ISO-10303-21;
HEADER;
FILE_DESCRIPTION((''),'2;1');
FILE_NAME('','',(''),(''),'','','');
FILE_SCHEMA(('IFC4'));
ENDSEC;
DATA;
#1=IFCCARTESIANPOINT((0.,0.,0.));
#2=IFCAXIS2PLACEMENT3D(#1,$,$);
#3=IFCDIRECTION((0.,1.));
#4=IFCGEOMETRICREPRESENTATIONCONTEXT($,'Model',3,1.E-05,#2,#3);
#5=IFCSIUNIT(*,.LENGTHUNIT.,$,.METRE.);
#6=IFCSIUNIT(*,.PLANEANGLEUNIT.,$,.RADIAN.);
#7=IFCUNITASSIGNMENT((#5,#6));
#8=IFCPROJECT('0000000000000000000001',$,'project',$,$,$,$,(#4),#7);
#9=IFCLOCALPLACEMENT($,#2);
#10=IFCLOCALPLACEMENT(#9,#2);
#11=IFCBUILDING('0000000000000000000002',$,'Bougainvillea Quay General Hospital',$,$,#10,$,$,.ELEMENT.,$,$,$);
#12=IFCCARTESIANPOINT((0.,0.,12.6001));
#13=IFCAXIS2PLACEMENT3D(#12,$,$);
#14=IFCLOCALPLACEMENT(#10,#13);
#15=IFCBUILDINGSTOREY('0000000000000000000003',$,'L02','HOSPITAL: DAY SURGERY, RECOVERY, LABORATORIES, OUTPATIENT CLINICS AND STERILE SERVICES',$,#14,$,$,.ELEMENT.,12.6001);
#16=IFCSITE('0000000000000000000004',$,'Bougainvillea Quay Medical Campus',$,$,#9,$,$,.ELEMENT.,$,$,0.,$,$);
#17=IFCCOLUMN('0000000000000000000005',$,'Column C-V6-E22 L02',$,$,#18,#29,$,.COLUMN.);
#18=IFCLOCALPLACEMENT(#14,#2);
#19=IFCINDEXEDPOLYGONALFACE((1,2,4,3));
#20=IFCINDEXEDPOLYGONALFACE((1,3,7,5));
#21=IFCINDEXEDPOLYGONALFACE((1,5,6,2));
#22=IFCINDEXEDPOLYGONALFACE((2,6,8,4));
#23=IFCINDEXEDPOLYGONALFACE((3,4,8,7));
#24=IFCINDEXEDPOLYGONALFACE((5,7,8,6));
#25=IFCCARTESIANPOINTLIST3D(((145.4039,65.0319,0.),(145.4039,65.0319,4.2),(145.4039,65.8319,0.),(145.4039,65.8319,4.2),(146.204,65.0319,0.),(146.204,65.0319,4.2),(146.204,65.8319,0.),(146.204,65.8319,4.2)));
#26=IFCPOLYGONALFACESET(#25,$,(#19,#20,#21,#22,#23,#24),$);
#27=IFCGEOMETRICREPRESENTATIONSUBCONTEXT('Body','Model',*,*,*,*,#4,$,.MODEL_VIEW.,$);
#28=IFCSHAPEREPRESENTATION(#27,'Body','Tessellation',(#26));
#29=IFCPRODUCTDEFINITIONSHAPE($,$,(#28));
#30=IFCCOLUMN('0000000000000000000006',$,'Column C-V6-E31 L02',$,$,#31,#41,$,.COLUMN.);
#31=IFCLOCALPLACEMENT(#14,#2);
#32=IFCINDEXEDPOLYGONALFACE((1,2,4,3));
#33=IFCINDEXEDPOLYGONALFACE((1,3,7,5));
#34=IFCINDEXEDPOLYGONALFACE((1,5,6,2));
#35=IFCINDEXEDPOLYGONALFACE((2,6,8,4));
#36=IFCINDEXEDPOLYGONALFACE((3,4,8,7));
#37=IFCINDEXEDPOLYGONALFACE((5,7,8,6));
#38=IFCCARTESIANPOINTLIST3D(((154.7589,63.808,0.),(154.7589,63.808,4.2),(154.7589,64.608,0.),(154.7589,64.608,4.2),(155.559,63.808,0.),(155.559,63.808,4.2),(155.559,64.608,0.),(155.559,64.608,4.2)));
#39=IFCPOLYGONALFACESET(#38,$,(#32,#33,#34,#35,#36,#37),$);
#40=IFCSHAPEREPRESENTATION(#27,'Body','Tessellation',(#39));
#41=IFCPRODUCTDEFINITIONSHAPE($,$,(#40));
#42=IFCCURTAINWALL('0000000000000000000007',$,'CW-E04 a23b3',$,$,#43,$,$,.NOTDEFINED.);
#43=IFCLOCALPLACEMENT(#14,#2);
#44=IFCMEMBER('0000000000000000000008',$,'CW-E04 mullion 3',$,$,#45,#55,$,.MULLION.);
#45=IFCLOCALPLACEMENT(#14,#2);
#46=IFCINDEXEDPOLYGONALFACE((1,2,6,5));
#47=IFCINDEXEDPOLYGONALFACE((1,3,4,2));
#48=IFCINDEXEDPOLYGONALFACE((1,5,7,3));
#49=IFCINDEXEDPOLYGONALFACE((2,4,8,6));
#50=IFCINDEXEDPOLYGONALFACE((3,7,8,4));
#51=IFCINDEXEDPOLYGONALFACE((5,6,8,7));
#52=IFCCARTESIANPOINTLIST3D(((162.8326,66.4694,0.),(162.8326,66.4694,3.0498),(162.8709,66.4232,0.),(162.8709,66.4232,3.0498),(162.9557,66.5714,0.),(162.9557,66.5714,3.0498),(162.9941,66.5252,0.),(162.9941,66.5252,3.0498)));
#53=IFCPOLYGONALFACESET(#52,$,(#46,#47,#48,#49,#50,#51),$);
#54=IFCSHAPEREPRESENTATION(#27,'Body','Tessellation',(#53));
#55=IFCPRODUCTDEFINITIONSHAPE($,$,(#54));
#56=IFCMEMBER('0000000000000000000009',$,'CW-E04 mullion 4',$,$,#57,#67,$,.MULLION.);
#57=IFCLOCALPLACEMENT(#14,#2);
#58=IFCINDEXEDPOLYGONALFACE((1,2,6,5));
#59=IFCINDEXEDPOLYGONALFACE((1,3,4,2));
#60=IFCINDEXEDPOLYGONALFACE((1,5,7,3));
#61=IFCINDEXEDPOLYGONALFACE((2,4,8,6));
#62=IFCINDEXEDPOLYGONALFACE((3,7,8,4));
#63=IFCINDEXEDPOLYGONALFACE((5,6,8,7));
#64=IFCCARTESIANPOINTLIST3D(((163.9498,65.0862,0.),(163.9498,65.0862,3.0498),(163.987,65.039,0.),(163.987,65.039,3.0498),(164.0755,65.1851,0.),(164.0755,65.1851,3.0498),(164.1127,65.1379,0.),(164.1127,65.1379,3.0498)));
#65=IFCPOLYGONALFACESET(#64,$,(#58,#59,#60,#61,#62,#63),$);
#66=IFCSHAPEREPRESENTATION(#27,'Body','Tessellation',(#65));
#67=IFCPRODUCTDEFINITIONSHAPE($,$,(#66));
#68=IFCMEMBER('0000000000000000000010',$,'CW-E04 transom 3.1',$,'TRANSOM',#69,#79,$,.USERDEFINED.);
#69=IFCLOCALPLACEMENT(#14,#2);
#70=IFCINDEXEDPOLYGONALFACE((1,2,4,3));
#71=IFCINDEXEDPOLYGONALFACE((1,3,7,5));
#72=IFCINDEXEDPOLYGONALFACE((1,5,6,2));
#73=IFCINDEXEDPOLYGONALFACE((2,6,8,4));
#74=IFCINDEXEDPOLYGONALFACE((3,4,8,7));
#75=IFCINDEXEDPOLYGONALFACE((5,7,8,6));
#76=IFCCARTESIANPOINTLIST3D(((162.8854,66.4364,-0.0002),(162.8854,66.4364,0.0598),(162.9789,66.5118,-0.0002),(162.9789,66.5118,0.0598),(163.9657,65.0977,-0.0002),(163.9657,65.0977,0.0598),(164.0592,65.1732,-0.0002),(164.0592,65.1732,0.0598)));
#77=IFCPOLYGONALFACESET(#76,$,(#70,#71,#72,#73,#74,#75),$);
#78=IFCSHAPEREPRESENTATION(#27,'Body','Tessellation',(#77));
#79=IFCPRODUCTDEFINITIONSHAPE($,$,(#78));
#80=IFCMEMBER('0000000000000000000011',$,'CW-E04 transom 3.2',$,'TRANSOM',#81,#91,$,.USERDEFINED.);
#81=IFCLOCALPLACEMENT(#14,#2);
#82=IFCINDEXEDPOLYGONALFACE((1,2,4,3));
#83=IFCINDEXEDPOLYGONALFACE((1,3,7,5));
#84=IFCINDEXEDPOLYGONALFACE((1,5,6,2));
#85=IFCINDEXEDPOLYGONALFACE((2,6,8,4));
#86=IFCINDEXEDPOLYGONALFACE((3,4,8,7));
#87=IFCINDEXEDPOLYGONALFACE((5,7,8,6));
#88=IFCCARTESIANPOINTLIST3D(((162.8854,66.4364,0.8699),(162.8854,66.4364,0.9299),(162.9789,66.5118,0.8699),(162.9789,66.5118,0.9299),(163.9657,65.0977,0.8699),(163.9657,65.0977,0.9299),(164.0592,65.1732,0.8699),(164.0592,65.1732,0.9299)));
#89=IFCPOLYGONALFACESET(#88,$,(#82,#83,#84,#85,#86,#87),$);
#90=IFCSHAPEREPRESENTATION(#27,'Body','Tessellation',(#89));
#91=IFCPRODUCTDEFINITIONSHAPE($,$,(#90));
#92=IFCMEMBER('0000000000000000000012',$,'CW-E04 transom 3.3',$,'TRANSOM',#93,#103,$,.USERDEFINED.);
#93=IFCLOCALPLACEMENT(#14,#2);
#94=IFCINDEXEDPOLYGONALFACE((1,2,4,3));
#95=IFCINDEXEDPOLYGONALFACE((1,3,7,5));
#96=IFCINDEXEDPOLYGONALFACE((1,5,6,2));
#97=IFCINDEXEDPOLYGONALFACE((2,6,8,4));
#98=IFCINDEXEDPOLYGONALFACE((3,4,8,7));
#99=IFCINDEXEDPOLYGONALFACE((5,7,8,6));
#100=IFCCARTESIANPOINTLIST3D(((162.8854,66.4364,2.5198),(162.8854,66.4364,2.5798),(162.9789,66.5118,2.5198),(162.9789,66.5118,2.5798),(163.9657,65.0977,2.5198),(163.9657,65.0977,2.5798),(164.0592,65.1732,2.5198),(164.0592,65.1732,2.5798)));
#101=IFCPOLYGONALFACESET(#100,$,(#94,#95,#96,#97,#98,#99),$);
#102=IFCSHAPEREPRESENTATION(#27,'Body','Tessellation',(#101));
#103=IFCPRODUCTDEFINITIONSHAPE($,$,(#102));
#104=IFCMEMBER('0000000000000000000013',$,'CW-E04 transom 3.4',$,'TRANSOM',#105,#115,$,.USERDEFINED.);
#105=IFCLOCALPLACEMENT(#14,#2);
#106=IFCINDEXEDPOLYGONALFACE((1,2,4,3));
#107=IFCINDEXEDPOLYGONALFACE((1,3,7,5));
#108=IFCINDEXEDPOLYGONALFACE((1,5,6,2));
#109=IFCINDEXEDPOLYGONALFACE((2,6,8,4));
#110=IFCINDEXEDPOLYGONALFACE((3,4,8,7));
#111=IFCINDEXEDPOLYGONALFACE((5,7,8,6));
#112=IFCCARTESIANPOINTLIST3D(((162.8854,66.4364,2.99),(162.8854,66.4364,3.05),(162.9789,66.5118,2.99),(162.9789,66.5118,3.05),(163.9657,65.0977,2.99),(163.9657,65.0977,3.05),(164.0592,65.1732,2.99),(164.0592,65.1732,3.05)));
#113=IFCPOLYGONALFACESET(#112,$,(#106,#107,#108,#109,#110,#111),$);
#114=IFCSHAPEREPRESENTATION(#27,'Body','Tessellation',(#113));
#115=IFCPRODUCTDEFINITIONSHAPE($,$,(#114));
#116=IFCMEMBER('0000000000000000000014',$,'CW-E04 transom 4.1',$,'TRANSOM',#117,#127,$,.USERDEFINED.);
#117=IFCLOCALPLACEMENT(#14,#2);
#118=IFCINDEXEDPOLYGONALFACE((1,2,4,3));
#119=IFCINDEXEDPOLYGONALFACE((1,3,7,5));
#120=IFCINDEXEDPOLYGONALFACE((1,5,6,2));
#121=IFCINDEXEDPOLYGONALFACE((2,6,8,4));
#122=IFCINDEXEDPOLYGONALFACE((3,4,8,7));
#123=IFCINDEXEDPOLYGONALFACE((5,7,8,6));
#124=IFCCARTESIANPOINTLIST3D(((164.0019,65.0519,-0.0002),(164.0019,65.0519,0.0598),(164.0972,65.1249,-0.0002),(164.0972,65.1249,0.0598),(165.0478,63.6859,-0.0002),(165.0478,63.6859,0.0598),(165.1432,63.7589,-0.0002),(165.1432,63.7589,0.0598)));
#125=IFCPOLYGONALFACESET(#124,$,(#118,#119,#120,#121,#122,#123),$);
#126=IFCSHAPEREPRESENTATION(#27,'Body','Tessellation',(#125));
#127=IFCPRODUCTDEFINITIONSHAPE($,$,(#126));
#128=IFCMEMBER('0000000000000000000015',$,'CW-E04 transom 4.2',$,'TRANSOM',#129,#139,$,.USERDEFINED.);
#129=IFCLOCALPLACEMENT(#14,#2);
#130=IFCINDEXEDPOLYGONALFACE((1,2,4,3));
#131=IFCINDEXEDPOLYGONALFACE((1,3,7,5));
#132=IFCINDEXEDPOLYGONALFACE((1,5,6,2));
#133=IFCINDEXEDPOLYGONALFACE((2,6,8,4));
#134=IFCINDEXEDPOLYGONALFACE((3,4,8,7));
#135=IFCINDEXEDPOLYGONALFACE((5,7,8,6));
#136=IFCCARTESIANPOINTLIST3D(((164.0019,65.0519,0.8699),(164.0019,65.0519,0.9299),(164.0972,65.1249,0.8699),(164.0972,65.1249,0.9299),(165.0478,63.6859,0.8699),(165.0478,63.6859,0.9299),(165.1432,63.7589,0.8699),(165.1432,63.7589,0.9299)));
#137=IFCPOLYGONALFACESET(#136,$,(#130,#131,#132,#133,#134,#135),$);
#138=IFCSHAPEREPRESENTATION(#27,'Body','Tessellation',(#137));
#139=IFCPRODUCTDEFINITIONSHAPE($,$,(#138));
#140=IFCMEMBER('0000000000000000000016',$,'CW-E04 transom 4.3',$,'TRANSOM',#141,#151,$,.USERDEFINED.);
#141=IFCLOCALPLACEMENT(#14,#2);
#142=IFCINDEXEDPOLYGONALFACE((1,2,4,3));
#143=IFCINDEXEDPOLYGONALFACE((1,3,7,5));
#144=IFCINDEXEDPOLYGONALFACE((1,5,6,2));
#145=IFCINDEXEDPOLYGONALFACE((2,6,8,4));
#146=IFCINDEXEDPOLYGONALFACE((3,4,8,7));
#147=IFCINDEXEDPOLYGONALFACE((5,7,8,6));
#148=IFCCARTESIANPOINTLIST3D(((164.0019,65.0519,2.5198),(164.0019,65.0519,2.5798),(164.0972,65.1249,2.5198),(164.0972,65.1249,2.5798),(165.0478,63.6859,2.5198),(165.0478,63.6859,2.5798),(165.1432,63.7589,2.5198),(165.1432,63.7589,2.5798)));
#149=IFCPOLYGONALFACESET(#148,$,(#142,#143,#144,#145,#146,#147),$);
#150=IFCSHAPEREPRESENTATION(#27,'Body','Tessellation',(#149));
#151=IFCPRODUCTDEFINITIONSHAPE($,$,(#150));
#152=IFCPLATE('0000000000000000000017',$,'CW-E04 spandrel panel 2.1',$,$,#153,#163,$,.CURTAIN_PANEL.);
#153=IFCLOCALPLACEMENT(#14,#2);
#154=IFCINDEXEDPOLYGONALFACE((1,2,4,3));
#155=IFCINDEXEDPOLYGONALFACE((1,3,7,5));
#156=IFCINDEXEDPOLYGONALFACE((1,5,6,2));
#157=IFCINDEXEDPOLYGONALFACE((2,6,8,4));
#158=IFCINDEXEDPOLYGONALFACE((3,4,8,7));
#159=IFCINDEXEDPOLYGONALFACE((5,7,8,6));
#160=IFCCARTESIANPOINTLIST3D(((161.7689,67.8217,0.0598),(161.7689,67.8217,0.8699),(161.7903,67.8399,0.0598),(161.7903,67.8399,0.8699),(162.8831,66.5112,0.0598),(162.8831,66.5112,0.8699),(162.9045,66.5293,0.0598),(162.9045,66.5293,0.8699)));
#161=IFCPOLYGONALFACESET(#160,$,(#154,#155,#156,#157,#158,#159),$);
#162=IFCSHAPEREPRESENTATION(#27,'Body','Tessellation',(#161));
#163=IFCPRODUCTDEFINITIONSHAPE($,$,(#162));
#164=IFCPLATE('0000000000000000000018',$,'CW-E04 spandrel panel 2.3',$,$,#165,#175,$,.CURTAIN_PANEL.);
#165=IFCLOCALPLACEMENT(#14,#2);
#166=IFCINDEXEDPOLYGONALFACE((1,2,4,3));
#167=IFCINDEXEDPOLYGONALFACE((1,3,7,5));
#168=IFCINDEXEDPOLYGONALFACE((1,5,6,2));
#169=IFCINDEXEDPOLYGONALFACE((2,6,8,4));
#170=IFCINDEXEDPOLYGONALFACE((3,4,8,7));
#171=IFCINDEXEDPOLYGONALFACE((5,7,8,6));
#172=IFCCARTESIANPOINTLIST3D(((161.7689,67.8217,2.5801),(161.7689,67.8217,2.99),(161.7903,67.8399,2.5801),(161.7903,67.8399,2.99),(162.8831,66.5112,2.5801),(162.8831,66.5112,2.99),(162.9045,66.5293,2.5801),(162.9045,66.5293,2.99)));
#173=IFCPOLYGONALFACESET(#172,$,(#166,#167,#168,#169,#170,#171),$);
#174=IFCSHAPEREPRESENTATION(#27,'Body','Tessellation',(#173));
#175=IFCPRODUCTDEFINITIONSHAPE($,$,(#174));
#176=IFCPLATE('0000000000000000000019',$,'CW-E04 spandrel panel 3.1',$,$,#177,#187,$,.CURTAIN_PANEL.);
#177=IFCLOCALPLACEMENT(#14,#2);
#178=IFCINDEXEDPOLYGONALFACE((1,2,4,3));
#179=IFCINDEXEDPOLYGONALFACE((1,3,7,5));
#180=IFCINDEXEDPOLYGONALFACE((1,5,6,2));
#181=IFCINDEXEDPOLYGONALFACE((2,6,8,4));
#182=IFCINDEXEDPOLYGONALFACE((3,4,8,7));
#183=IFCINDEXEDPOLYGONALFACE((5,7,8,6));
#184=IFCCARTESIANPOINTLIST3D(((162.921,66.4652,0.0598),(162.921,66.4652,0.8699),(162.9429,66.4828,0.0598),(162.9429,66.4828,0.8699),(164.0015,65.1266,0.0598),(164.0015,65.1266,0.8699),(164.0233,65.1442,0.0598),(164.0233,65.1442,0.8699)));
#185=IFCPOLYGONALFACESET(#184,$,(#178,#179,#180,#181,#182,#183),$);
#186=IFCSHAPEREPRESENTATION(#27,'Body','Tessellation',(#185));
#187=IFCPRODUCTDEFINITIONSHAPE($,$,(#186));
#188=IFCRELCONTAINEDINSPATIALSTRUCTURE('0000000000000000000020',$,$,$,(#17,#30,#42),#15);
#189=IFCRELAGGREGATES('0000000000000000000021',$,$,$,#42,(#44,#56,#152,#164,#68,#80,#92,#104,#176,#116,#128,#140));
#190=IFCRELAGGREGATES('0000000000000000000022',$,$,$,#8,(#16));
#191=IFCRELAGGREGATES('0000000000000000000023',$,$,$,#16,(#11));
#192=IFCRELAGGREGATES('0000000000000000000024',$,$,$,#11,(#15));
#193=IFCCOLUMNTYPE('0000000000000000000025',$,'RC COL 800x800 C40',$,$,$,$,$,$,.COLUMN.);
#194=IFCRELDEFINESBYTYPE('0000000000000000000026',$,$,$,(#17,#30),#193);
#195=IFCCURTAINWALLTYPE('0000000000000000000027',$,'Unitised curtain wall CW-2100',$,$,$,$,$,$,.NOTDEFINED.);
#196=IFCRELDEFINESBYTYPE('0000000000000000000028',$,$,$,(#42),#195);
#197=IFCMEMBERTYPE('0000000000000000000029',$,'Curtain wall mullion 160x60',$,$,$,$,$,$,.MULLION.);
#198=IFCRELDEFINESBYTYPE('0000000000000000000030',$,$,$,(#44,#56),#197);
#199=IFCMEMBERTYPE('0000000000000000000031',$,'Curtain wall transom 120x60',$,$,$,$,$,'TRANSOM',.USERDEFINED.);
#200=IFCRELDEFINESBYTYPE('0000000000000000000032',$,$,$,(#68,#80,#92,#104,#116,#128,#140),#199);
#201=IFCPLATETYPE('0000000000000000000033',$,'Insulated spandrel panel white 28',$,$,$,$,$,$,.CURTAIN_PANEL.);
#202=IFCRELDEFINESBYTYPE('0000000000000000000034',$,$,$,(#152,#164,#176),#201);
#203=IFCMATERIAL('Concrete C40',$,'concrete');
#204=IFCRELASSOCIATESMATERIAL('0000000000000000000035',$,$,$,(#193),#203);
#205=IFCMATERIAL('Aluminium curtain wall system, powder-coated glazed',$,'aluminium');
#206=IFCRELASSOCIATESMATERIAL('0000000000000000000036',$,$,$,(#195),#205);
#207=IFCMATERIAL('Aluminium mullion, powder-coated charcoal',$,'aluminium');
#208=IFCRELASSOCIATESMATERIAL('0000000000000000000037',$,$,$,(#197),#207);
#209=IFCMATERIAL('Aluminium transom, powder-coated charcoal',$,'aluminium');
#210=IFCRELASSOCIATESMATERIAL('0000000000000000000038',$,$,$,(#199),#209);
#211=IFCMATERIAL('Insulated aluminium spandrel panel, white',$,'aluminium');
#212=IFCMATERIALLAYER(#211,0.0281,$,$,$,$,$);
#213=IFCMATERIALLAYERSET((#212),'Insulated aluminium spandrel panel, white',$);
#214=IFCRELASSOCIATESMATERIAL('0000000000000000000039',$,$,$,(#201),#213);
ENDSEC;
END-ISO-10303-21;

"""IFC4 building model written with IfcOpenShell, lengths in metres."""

from ifc_helpers import new_model, si_unit, direction, frame, origin, origin_2d, place, context, subcontext, project, spatial, rectangle, extrude, material, layer, layer_set, material_profile, profile_set, type_object, element, aggregate, save


model = new_model("IFC4")

# Units and contexts
model_context = context("Model", 3, precision=1e-05, world=origin(), true_north=direction((0.0, 1.0)))
body_context = subcontext(model_context, "Body", "Model", "MODEL_VIEW")
ifc_project = project(units=[si_unit("LENGTHUNIT", "METRE"), si_unit("PLANEANGLEUNIT", "RADIAN")], contexts=[model_context])

# Site, building, storey
site_placement = place(None, origin())
site = spatial("IfcSite", under=ifc_project, at=site_placement, Name="Bougainvillea Quay Medical Campus", CompositionType="ELEMENT", RefElevation=0.0)
building_placement = place(site_placement, origin())
building = spatial("IfcBuilding", under=site, at=building_placement, Name="Bougainvillea Quay General Hospital", CompositionType="ELEMENT")
storey_placement = place(building_placement, frame((0.0, 0.0, 12.6001)))
storey = spatial("IfcBuildingStorey", under=building, at=storey_placement, Name="L02", Description="HOSPITAL: DAY SURGERY, RECOVERY, LABORATORIES, OUTPATIENT CLINICS AND STERILE SERVICES", CompositionType="ELEMENT", Elevation=12.6001)

# Columns
ifc_material_1 = material(Name="Concrete C40", Category="concrete")
ifc_material_profile_1 = material_profile(ifc_material_1, rectangle(XDim=0.8, YDim=0.8, at=origin_2d()))
ifc_profile_set_1 = profile_set([ifc_material_profile_1], Name="Concrete C40")
column_type = type_object("IfcColumnType", Name="RC COL 800x800 C40", PredefinedType="COLUMN", material=ifc_profile_set_1)
for number, where, z_axis, x_axis, name in (
    (1, (145.804, 65.4319, 0.0), (0.0, 0.0, 1.0), (1.0, 0.0, 0.0), "Column C-V6-E22 L02"),
    (2, (155.1589, 64.208, 0.0), (0.0, 0.0, 1.0), (1.0, 0.0, 0.0), "Column C-V6-E31 L02"),
):
    element("IfcColumn", number, at=place(storey_placement, frame(where, z_axis=z_axis, x_axis=x_axis)), inside=storey, type_object=column_type, Name=name, PredefinedType="COLUMN", context=body_context, shape_type="SweptSolid", body=[
        extrude(rectangle(XDim=0.8, YDim=0.8, at=origin_2d()), origin(), (0.0, 0.0, 1.0), 4.2),
    ])

# Curtain wall, members, plates
ifc_material_2 = material(Name="Aluminium curtain wall system, powder-coated glazed", Category="aluminium")
curtain_wall_type = type_object("IfcCurtainWallType", Name="Unitised curtain wall CW-2100", PredefinedType="NOTDEFINED", material=ifc_material_2)
curtain_wall_placement = place(storey_placement, origin())
curtain_wall = element("IfcCurtainWall", 3, at=curtain_wall_placement, inside=storey, type_object=curtain_wall_type, Name="CW-E04 a23b3", PredefinedType="NOTDEFINED")
ifc_material_3 = material(Name="Aluminium mullion, powder-coated charcoal", Category="aluminium")
ifc_material_profile_2 = material_profile(ifc_material_3, rectangle(XDim=0.1599, YDim=0.0601, at=origin_2d()))
ifc_profile_set_2 = profile_set([ifc_material_profile_2], Name="Aluminium mullion, powder-coated charcoal")
member_type_1 = type_object("IfcMemberType", Name="Curtain wall mullion 160x60", PredefinedType="MULLION", material=ifc_profile_set_2)
member_1_placement = place(storey_placement, frame((162.9133, 66.4973, 0.0), z_axis=(0.0, 0.0, 1.0), x_axis=(0.770077, 0.637951, 0.0)))
member_1 = element("IfcMember", 4, at=member_1_placement, type_object=member_type_1, Name="CW-E04 mullion 3", PredefinedType="MULLION", context=body_context, shape_type="SweptSolid", body=[
    extrude(rectangle(XDim=0.1599, YDim=0.0601, at=origin_2d()), origin(), (0.0, 0.0, 1.0), 3.0498),
])
member_2_placement = place(storey_placement, frame((164.0312, 65.1121, 0.0), z_axis=(0.0, 0.0, 1.0), x_axis=(0.786107, 0.61809, 0.0)))
member_2 = element("IfcMember", 5, at=member_2_placement, type_object=member_type_1, Name="CW-E04 mullion 4", PredefinedType="MULLION", context=body_context, shape_type="SweptSolid", body=[
    extrude(rectangle(XDim=0.1599, YDim=0.0601, at=origin_2d()), origin(), (0.0, 0.0, 1.0), 3.0498),
])
ifc_material_4 = material(Name="Aluminium transom, powder-coated charcoal", Category="aluminium")
ifc_material_profile_3 = material_profile(ifc_material_4, rectangle(XDim=0.1201, YDim=0.0601, at=origin_2d()))
ifc_profile_set_3 = profile_set([ifc_material_profile_3], Name="Aluminium transom, powder-coated charcoal")
member_type_2 = type_object("IfcMemberType", Name="Curtain wall transom 120x60", ElementType="TRANSOM", PredefinedType="USERDEFINED", material=ifc_profile_set_3)
member_3_placement = place(storey_placement, frame((162.9321, 66.4741, 0.0298), z_axis=(0.62803, -0.778189, 0.0), x_axis=(0.778189, 0.62803, 0.0)))
member_3 = element("IfcMember", 6, at=member_3_placement, type_object=member_type_2, Name="CW-E04 transom 3.1", ObjectType="TRANSOM", PredefinedType="USERDEFINED", context=body_context, shape_type="SweptSolid", body=[
    extrude(rectangle(XDim=0.1201, YDim=0.0601, at=origin_2d()), origin(), (0.0, 0.0, 1.0), 1.7202),
])
member_4_placement = place(storey_placement, frame((162.9321, 66.4741, 0.8999), z_axis=(0.62803, -0.778189, 0.0), x_axis=(0.778189, 0.62803, 0.0)))
member_4 = element("IfcMember", 7, at=member_4_placement, type_object=member_type_2, Name="CW-E04 transom 3.2", ObjectType="TRANSOM", PredefinedType="USERDEFINED", context=body_context, shape_type="SweptSolid", body=[
    extrude(rectangle(XDim=0.1201, YDim=0.0601, at=origin_2d()), origin(), (0.0, 0.0, 1.0), 1.7202),
])
member_5_placement = place(storey_placement, frame((162.9321, 66.4741, 2.5498), z_axis=(0.62803, -0.778189, 0.0), x_axis=(0.778189, 0.62803, 0.0)))
member_5 = element("IfcMember", 8, at=member_5_placement, type_object=member_type_2, Name="CW-E04 transom 3.3", ObjectType="TRANSOM", PredefinedType="USERDEFINED", context=body_context, shape_type="SweptSolid", body=[
    extrude(rectangle(XDim=0.1201, YDim=0.0601, at=origin_2d()), origin(), (0.0, 0.0, 1.0), 1.7202),
])
member_6_placement = place(storey_placement, frame((162.9321, 66.4741, 3.02), z_axis=(0.62803, -0.778189, 0.0), x_axis=(0.778189, 0.62803, 0.0)))
member_6 = element("IfcMember", 9, at=member_6_placement, type_object=member_type_2, Name="CW-E04 transom 3.4", ObjectType="TRANSOM", PredefinedType="USERDEFINED", context=body_context, shape_type="SweptSolid", body=[
    extrude(rectangle(XDim=0.1201, YDim=0.0601, at=origin_2d()), origin(), (0.0, 0.0, 1.0), 1.7202),
])
member_7_placement = place(storey_placement, frame((164.0496, 65.0884, 0.0298), z_axis=(0.60794, -0.793983, 0.0), x_axis=(0.793983, 0.60794, 0.0)))
member_7 = element("IfcMember", 10, at=member_7_placement, type_object=member_type_2, Name="CW-E04 transom 4.1", ObjectType="TRANSOM", PredefinedType="USERDEFINED", context=body_context, shape_type="SweptSolid", body=[
    extrude(rectangle(XDim=0.1201, YDim=0.0601, at=origin_2d()), origin(), (0.0, 0.0, 1.0), 1.7205),
])
member_8_placement = place(storey_placement, frame((164.0496, 65.0884, 0.8999), z_axis=(0.60794, -0.793983, 0.0), x_axis=(0.793983, 0.60794, 0.0)))
member_8 = element("IfcMember", 11, at=member_8_placement, type_object=member_type_2, Name="CW-E04 transom 4.2", ObjectType="TRANSOM", PredefinedType="USERDEFINED", context=body_context, shape_type="SweptSolid", body=[
    extrude(rectangle(XDim=0.1201, YDim=0.0601, at=origin_2d()), origin(), (0.0, 0.0, 1.0), 1.7205),
])
member_9_placement = place(storey_placement, frame((164.0496, 65.0884, 2.5498), z_axis=(0.60794, -0.793983, 0.0), x_axis=(0.793983, 0.60794, 0.0)))
member_9 = element("IfcMember", 12, at=member_9_placement, type_object=member_type_2, Name="CW-E04 transom 4.3", ObjectType="TRANSOM", PredefinedType="USERDEFINED", context=body_context, shape_type="SweptSolid", body=[
    extrude(rectangle(XDim=0.1201, YDim=0.0601, at=origin_2d()), origin(), (0.0, 0.0, 1.0), 1.7205),
])
ifc_material_5 = material(Name="Insulated aluminium spandrel panel, white", Category="aluminium")
ifc_layer_1 = layer(ifc_material_5, 0.0281)
ifc_layer_set_1 = layer_set([ifc_layer_1], Name="Insulated aluminium spandrel panel, white")
plate_type_1 = type_object("IfcPlateType", Name="Insulated spandrel panel white 28", PredefinedType="CURTAIN_PANEL", material=ifc_layer_set_1)
plate_1_placement = place(storey_placement, frame((162.3367, 67.1755, 0.0598), z_axis=(0.0, 0.0, 1.0), x_axis=(0.647726, -0.761873, 0.0)))
plate_1 = element("IfcPlate", 13, at=plate_1_placement, type_object=plate_type_1, Name="CW-E04 spandrel panel 2.1", PredefinedType="CURTAIN_PANEL", context=body_context, shape_type="SweptSolid", body=[
    extrude(rectangle(XDim=1.7202, YDim=0.0281, at=origin_2d()), origin(), (0.0, 0.0, 1.0), 0.8101),
])
plate_2_placement = place(storey_placement, frame((162.3367, 67.1755, 2.5801), z_axis=(0.0, 0.0, 1.0), x_axis=(0.647726, -0.761873, 0.0)))
plate_2 = element("IfcPlate", 14, at=plate_2_placement, type_object=plate_type_1, Name="CW-E04 spandrel panel 2.3", PredefinedType="CURTAIN_PANEL", context=body_context, shape_type="SweptSolid", body=[
    extrude(rectangle(XDim=1.7202, YDim=0.0281, at=origin_2d()), origin(), (0.0, 0.0, 1.0), 0.4099),
])
plate_3_placement = place(storey_placement, frame((163.4722, 65.8047, 0.0598), z_axis=(0.0, 0.0, 1.0), x_axis=(0.628072, -0.778155, 0.0)))
plate_3 = element("IfcPlate", 15, at=plate_3_placement, type_object=plate_type_1, Name="CW-E04 spandrel panel 3.1", PredefinedType="CURTAIN_PANEL", context=body_context, shape_type="SweptSolid", body=[
    extrude(rectangle(XDim=1.7202, YDim=0.0281, at=origin_2d()), origin(), (0.0, 0.0, 1.0), 0.8101),
])
aggregate(curtain_wall, [member_1, member_2, plate_1, plate_2, member_3, member_4, member_5, member_6, plate_3, member_7, member_8, member_9])

save(model, "model.ifc")
